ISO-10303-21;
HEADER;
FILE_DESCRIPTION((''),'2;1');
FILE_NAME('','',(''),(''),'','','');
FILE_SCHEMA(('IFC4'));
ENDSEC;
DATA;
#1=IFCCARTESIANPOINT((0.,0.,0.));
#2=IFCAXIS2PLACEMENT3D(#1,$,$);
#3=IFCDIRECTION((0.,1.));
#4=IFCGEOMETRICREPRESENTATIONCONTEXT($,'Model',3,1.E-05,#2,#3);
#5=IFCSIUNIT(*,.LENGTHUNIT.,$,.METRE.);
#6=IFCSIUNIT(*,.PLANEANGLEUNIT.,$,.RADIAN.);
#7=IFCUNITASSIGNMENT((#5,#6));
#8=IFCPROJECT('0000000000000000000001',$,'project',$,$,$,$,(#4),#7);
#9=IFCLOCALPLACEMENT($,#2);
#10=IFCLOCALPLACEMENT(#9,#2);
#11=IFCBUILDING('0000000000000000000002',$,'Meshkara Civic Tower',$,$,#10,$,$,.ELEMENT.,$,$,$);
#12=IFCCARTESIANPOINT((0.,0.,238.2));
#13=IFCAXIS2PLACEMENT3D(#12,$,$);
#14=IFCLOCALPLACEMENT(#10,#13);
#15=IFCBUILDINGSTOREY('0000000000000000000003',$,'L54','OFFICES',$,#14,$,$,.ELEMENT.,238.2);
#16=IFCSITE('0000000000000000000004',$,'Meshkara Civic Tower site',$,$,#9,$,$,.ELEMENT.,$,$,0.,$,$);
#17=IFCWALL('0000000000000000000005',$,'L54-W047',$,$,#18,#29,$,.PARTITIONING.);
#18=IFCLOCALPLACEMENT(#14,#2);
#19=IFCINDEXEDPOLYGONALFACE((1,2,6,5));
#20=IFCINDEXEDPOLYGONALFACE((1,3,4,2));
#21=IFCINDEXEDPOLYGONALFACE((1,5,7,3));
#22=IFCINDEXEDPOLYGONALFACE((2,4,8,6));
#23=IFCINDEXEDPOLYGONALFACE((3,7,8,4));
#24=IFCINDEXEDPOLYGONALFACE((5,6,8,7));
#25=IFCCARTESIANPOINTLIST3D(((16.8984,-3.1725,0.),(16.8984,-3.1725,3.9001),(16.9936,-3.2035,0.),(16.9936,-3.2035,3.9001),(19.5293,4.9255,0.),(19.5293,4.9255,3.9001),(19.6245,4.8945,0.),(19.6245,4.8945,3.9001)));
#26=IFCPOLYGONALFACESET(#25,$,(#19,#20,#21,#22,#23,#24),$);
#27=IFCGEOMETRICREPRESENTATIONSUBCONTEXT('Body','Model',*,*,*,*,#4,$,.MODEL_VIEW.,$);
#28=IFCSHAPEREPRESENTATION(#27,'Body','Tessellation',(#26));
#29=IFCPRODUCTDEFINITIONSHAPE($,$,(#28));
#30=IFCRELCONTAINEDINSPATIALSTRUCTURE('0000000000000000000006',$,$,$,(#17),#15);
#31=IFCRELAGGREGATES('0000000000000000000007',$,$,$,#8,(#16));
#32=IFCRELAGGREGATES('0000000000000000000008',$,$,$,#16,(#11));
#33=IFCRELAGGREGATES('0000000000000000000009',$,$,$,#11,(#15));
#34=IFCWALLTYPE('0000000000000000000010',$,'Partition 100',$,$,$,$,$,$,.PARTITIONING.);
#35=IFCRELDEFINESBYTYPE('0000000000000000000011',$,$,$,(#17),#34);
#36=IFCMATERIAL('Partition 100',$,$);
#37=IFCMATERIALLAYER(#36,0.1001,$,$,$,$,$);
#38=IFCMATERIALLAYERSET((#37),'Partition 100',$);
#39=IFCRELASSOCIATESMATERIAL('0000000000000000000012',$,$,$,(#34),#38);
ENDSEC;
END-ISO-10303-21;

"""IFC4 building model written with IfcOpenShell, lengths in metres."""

from ifc_helpers import new_model, si_unit, direction, frame, frame_2d, origin, place, context, subcontext, project, spatial, rectangle, extrude, material, layer, layer_set, type_object, element, save


model = new_model("IFC4")

# Units and contexts
model_context = context("Model", 3, precision=1e-05, world=origin(), true_north=direction((0.0, 1.0)))
body_context = subcontext(model_context, "Body", "Model", "MODEL_VIEW")
ifc_project = project(units=[si_unit("LENGTHUNIT", "METRE"), si_unit("PLANEANGLEUNIT", "RADIAN")], contexts=[model_context])

# Site, building, storey
site_placement = place(None, origin())
site = spatial("IfcSite", under=ifc_project, at=site_placement, Name="Meshkara Civic Tower site", CompositionType="ELEMENT", RefElevation=0.0)
building_placement = place(site_placement, origin())
building = spatial("IfcBuilding", under=site, at=building_placement, Name="Meshkara Civic Tower", CompositionType="ELEMENT")
storey_placement = place(building_placement, frame((0.0, 0.0, 238.2)))
storey = spatial("IfcBuildingStorey", under=building, at=storey_placement, Name="L54", Description="OFFICES", CompositionType="ELEMENT", Elevation=238.2)

# Wall
ifc_material_1 = material(Name="Partition 100")
ifc_layer_1 = layer(ifc_material_1, 0.1001)
ifc_layer_set_1 = layer_set([ifc_layer_1], Name="Partition 100")
wall_type_1 = type_object("IfcWallType", Name="Partition 100", PredefinedType="PARTITIONING", material=ifc_layer_set_1)
wall_1_placement = place(storey_placement, frame((16.946, -3.188, 0.0), z_axis=(0.0, 0.0, 1.0), x_axis=(0.308984, 0.951067, 0.0)))
element("IfcWall", 1, at=wall_1_placement, inside=storey, type_object=wall_type_1, Name="L54-W047", PredefinedType="PARTITIONING", context=body_context, shape_type="SweptSolid", body=[
    extrude(rectangle(XDim=8.5146, YDim=0.1001, at=frame_2d((4.2573, 0.0))), origin(), (0.0, 0.0, 1.0), 3.9001),
])

save(model, "model.ifc")
